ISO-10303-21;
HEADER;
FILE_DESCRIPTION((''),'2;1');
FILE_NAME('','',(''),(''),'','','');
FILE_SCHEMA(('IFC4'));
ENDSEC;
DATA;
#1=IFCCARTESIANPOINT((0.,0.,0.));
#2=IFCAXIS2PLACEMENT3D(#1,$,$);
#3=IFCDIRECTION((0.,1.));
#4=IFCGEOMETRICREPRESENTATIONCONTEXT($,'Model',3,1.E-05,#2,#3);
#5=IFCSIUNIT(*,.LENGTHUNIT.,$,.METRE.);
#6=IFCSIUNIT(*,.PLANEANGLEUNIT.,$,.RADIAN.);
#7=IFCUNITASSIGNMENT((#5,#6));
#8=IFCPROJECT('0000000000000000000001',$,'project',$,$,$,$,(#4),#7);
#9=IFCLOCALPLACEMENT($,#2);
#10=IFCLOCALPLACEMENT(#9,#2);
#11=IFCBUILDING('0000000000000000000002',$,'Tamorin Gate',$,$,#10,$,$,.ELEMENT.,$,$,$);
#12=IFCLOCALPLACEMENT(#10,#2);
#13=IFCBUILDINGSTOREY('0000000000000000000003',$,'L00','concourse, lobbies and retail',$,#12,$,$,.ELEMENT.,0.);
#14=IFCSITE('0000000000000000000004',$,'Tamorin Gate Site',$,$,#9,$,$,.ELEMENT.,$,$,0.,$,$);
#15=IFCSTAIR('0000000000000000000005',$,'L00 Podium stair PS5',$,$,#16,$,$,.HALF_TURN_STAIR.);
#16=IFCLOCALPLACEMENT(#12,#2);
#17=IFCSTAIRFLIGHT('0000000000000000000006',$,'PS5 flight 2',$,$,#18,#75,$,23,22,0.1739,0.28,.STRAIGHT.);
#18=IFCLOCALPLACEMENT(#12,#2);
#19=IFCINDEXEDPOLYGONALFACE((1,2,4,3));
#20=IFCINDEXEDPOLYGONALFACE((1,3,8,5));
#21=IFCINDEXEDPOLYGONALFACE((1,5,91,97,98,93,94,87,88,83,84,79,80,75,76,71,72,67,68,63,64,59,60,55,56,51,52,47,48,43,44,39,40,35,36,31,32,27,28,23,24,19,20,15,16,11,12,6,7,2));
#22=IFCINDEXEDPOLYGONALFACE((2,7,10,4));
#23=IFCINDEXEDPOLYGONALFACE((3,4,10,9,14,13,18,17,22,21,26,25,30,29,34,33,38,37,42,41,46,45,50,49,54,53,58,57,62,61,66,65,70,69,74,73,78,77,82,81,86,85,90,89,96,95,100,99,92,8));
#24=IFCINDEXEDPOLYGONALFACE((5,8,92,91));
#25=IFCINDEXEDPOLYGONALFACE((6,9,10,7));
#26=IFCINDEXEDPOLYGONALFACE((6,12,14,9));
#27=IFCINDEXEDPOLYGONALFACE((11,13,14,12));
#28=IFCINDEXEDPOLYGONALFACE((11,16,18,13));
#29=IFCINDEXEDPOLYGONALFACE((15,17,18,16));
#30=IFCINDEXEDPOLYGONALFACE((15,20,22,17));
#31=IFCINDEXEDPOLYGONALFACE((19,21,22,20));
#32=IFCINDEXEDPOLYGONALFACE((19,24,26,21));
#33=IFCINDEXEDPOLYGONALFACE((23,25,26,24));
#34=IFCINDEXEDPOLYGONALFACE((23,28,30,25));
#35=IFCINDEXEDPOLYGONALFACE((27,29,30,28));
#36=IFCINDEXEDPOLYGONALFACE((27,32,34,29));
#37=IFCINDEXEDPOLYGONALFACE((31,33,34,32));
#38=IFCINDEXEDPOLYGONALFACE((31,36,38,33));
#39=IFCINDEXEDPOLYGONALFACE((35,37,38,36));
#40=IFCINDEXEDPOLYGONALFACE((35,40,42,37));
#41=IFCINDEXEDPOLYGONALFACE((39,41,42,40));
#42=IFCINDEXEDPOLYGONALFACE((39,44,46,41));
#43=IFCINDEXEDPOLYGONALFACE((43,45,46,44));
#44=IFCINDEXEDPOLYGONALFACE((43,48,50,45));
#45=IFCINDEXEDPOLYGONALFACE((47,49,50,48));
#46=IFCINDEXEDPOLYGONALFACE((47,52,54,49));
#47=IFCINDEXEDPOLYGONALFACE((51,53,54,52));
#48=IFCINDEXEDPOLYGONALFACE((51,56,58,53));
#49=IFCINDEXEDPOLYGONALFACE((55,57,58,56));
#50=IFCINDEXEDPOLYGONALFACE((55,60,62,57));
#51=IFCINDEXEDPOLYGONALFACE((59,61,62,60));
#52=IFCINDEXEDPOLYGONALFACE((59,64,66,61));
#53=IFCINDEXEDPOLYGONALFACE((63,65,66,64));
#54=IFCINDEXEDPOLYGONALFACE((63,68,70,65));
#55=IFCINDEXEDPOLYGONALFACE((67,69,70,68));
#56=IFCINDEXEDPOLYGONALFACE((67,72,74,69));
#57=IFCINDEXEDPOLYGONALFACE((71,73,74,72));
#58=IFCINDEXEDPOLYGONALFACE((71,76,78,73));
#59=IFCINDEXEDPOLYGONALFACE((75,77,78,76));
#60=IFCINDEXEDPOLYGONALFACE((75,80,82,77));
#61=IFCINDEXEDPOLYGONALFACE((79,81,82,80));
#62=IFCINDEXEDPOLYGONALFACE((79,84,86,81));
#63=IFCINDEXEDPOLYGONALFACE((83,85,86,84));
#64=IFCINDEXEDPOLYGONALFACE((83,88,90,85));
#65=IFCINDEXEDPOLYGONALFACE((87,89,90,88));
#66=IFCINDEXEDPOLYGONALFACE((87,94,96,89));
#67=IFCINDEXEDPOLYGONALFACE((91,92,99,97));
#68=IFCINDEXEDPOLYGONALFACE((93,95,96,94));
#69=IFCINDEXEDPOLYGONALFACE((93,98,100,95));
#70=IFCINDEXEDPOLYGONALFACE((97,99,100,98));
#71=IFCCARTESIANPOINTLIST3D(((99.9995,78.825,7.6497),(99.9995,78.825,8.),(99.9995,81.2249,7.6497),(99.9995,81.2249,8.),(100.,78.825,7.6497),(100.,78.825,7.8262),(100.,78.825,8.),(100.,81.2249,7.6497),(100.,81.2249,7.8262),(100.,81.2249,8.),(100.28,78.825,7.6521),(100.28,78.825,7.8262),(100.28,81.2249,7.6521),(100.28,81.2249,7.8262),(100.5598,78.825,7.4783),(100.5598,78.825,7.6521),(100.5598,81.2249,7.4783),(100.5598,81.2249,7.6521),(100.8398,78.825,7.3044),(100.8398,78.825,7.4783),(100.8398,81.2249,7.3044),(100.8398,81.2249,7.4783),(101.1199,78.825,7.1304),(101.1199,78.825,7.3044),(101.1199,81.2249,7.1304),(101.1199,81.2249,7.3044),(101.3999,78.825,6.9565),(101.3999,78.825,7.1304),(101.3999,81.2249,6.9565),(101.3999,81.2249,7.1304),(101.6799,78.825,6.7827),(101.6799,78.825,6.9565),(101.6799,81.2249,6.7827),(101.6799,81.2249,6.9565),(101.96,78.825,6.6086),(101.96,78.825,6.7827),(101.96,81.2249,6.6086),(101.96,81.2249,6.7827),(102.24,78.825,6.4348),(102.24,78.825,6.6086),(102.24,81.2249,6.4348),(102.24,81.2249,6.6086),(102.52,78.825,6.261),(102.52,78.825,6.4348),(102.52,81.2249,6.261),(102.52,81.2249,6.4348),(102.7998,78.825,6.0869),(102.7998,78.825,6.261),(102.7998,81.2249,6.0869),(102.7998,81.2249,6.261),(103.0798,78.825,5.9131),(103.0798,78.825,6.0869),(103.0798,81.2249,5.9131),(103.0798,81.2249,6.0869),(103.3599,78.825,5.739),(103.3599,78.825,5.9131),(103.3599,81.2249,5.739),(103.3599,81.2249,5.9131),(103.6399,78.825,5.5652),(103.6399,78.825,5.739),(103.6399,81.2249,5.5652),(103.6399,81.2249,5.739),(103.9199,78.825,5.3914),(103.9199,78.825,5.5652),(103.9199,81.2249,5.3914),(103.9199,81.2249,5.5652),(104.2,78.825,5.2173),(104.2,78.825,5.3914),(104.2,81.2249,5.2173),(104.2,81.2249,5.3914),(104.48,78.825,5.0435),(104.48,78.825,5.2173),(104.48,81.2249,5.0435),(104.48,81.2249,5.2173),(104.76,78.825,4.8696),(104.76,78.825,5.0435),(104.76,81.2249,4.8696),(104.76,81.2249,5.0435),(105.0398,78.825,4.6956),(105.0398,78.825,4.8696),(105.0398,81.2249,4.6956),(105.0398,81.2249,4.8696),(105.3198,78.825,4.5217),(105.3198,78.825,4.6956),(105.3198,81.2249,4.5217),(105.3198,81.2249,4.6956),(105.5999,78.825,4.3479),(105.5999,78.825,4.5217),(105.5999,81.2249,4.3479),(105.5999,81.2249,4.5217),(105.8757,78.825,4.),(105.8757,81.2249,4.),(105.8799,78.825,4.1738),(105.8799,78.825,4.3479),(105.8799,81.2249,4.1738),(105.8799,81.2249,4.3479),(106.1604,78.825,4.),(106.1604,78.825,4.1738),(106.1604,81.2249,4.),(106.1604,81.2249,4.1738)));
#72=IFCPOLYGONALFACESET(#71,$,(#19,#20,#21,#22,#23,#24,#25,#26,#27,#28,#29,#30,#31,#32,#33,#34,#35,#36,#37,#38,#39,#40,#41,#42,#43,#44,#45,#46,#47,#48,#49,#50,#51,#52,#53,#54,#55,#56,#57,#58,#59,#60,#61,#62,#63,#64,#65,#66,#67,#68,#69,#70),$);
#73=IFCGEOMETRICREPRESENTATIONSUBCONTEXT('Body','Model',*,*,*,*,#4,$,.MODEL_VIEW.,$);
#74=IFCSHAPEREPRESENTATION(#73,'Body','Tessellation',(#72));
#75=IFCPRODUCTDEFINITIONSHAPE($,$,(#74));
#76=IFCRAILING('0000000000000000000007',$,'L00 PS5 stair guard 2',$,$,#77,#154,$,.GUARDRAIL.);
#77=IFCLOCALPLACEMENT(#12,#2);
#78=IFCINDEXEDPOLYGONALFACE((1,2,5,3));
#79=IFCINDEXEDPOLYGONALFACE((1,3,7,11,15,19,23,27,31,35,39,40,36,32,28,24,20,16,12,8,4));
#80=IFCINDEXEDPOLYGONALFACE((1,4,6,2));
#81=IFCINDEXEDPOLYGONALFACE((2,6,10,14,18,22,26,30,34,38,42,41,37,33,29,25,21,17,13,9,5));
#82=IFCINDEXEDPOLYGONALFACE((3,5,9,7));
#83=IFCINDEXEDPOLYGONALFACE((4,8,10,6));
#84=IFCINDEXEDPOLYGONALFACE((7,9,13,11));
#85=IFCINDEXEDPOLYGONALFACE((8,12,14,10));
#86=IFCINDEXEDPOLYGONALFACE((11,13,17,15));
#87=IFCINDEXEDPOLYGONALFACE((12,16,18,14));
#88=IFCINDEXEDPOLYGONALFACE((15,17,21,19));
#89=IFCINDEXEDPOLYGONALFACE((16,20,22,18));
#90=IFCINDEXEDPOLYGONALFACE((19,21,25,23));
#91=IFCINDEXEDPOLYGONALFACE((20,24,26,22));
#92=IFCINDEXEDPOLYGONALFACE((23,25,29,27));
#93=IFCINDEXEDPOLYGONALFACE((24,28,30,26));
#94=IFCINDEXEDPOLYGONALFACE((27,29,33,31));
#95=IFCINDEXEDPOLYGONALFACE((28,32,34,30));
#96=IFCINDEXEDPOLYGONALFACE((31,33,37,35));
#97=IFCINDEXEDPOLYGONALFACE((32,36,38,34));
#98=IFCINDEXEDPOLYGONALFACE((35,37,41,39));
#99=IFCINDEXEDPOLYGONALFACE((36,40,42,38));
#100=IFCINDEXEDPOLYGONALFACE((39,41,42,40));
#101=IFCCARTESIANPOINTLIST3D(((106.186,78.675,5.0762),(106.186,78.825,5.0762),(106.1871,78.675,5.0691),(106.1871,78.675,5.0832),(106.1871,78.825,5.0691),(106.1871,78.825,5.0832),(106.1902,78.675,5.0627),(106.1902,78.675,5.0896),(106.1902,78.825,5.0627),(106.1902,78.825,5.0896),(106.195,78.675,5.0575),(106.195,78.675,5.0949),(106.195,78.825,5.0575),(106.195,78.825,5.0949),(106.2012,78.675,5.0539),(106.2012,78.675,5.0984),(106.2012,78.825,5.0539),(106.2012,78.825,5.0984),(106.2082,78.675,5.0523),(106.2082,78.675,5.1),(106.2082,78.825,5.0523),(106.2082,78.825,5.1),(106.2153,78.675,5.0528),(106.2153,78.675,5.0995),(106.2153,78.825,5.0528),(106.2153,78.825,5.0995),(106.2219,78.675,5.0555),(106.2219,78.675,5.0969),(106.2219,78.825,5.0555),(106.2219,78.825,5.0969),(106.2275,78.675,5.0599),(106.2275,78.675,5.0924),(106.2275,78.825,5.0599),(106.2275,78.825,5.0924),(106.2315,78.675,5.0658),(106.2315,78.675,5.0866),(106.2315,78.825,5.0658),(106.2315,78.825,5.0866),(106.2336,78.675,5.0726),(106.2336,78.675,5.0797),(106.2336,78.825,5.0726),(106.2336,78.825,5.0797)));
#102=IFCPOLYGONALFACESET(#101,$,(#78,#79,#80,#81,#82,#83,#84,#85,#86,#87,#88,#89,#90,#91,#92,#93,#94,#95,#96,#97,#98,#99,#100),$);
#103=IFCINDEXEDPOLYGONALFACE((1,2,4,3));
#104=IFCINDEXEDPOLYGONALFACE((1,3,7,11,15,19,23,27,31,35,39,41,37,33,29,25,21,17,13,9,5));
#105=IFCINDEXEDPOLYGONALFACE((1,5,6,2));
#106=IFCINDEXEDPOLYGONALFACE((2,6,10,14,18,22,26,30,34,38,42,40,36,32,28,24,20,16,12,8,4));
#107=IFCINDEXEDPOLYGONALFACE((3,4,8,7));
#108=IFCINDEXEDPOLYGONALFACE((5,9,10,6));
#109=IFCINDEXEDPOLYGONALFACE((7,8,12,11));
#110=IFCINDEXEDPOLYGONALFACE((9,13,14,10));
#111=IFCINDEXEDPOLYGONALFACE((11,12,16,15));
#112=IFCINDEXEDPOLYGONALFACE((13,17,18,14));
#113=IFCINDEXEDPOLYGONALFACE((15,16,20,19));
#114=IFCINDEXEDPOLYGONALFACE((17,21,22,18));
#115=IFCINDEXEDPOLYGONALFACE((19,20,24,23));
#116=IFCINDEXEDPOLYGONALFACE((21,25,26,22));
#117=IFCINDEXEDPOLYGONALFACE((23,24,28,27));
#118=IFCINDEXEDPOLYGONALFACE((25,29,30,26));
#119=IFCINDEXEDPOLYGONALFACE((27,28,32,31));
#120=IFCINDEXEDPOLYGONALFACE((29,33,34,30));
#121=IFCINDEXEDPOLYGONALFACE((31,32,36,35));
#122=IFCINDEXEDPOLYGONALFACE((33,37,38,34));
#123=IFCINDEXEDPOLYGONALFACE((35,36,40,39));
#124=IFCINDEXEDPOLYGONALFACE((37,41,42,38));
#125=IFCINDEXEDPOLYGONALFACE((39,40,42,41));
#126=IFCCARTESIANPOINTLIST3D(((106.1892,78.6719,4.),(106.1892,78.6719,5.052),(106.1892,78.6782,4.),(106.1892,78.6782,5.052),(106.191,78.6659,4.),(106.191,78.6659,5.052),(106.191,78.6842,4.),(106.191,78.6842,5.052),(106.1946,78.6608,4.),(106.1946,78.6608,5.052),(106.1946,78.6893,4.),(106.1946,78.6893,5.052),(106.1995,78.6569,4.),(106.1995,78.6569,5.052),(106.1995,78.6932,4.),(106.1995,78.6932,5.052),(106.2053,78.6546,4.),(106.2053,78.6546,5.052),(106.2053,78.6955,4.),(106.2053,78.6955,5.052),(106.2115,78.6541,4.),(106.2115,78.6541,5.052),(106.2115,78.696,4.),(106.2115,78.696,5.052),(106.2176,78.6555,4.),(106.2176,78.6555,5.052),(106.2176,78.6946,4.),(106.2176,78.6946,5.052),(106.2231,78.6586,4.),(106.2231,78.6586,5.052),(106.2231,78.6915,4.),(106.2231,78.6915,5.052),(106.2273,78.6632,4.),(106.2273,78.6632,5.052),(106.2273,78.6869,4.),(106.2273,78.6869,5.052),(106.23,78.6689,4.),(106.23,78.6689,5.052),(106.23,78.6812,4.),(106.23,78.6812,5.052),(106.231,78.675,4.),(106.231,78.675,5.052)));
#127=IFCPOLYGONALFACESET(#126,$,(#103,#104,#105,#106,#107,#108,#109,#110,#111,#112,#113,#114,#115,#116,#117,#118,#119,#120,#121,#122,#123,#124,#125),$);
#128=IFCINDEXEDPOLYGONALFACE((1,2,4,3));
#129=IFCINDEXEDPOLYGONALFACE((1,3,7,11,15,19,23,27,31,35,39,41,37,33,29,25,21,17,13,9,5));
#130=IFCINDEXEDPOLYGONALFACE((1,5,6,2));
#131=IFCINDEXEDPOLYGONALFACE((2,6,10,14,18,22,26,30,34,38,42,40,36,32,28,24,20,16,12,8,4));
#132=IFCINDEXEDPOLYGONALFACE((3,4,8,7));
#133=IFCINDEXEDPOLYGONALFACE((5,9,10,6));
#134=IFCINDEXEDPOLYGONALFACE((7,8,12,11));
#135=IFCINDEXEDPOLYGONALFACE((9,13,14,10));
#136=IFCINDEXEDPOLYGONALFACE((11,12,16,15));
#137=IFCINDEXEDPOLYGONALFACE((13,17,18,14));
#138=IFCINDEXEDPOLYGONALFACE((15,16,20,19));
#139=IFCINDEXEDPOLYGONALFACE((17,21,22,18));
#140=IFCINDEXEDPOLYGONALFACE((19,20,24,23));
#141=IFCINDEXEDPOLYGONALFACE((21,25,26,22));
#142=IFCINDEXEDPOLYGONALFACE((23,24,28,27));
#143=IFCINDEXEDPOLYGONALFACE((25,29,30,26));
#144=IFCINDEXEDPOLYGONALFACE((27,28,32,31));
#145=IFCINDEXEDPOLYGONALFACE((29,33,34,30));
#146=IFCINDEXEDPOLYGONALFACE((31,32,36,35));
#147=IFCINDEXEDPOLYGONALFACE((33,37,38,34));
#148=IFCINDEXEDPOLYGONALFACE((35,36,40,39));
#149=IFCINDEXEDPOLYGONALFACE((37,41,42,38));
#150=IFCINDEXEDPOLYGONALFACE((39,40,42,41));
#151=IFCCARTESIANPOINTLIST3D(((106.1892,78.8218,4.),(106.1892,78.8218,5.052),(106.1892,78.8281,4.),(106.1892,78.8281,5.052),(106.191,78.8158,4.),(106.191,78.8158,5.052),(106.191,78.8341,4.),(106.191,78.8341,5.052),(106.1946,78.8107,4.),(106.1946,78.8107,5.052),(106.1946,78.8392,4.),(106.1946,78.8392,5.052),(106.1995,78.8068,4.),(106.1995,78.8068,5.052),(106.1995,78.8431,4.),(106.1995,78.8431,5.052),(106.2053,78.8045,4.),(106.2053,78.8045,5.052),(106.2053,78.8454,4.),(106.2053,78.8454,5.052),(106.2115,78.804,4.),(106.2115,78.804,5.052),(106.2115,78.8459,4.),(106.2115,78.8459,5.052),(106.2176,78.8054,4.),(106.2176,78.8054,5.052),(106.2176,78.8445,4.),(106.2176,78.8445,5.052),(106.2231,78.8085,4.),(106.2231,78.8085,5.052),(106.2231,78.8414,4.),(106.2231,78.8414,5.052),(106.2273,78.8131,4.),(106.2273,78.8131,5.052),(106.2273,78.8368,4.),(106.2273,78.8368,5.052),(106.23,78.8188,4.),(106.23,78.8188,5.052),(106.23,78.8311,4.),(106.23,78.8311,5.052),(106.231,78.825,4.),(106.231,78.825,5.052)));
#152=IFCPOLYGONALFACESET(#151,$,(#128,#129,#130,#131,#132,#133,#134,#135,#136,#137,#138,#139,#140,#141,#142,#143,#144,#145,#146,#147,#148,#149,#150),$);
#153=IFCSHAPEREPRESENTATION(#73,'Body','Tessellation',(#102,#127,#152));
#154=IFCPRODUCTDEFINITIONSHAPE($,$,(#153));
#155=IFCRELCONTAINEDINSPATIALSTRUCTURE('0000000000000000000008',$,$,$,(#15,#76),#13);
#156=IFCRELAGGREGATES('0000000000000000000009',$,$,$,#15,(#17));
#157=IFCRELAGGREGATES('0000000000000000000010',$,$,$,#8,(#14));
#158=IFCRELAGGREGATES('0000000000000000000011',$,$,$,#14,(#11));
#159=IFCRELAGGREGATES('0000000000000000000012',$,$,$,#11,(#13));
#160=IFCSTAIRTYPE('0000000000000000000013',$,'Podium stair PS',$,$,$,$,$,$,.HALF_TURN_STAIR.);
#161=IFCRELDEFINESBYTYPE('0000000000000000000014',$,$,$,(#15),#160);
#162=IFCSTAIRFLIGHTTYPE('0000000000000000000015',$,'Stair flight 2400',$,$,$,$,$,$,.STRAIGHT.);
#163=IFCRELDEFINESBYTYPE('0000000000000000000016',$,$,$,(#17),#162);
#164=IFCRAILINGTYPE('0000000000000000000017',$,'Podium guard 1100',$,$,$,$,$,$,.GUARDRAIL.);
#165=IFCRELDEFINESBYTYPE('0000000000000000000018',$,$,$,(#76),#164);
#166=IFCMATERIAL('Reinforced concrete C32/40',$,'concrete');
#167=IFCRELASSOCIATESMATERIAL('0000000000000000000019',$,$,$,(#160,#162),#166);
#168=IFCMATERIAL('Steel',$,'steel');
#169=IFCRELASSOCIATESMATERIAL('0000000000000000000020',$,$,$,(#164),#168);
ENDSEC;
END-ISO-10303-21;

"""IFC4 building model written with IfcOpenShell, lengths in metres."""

from ifc_helpers import new_model, si_unit, direction, frame, origin, origin_2d, place, context, subcontext, project, spatial, polyline, circle, outline, extrude, material, type_object, element, aggregate, save


model = new_model("IFC4")

# Units and contexts
model_context = context("Model", 3, precision=1e-05, world=origin(), true_north=direction((0.0, 1.0)))
body_context = subcontext(model_context, "Body", "Model", "MODEL_VIEW")
ifc_project = project(units=[si_unit("LENGTHUNIT", "METRE"), si_unit("PLANEANGLEUNIT", "RADIAN")], contexts=[model_context])

# Site, building, storey
site_placement = place(None, origin())
site = spatial("IfcSite", under=ifc_project, at=site_placement, Name="Tamorin Gate Site", CompositionType="ELEMENT", RefElevation=0.0)
building_placement = place(site_placement, origin())
building = spatial("IfcBuilding", under=site, at=building_placement, Name="Tamorin Gate", CompositionType="ELEMENT")
storey_placement = place(building_placement, origin())
storey = spatial("IfcBuildingStorey", under=building, at=storey_placement, Name="L00", Description="concourse, lobbies and retail", CompositionType="ELEMENT", Elevation=0.0)

# Shared definitions
ifc_material_1 = material(Name="Reinforced concrete C32/40", Category="concrete")

# Stair, stair flight
stair_type = type_object("IfcStairType", Name="Podium stair PS", PredefinedType="HALF_TURN_STAIR", material=ifc_material_1)
stair_placement = place(storey_placement, origin())
stair = element("IfcStair", 1, at=stair_placement, inside=storey, type_object=stair_type, Name="L00 Podium stair PS5", PredefinedType="HALF_TURN_STAIR")
stair_flight_type = type_object("IfcStairFlightType", Name="Stair flight 2400", PredefinedType="STRAIGHT", material=ifc_material_1)
stair_flight_placement = place(storey_placement, frame((106.1599, 80.0249, 4.0), z_axis=(0.0, 0.0, 1.0), x_axis=(-1.0, 0.0, 0.0)))
stair_flight = element("IfcStairFlight", 2, at=stair_flight_placement, type_object=stair_flight_type, Name="PS5 flight 2", NumberOfRisers=23, NumberOfTreads=22, PredefinedType="STRAIGHT", RiserHeight=0.1739, TreadLength=0.28, context=body_context, shape_type="SweptSolid", body=[
    extrude(outline(polyline([(-0.0005, 0.0), (-0.0005, 0.1738), (0.28, 0.1738), (0.28, 0.3479), (0.5601, 0.3479), (0.5601, 0.5217), (0.8401, 0.5217), (0.8401, 0.6956), (1.1201, 0.6956), (1.1201, 0.8696), (1.3999, 0.8696), (1.3999, 1.0435), (1.6799, 1.0435), (1.6799, 1.2173), (1.96, 1.2173), (1.96, 1.3914), (2.24, 1.3914), (2.24, 1.5652), (2.52, 1.5652), (2.52, 1.739), (2.8, 1.739), (2.8, 1.9131), (3.0801, 1.9131), (3.0801, 2.0869), (3.3601, 2.0869), (3.3601, 2.261), (3.6399, 2.261), (3.6399, 2.4348), (3.9199, 2.4348), (3.9199, 2.6086), (4.2, 2.6086), (4.2, 2.7827), (4.48, 2.7827), (4.48, 2.9565), (4.76, 2.9565), (4.76, 3.1304), (5.04, 3.1304), (5.04, 3.3044), (5.3201, 3.3044), (5.3201, 3.4783), (5.6001, 3.4783), (5.6001, 3.6521), (5.8799, 3.6521), (5.8799, 3.8262), (6.1599, 3.8262), (6.1599, 4.0), (6.1604, 4.0), (6.1604, 3.6497), (6.1599, 3.6497), (0.2842, 0.0), (-0.0005, 0.0)])), frame((0.0, 1.2, 0.0), z_axis=(0.0, -1.0, 0.0), x_axis=(1.0, 0.0, 0.0)), (0.0, 0.0, 1.0), 2.3999),
])
aggregate(stair, [stair_flight])

# Railing
ifc_material_2 = material(Name="Steel", Category="steel")
railing_type_1 = type_object("IfcRailingType", Name="Podium guard 1100", PredefinedType="GUARDRAIL", material=ifc_material_2)
railing_1_placement = place(storey_placement, frame((106.21, 78.675, 4.0)))
element("IfcRailing", 3, at=railing_1_placement, inside=storey, type_object=railing_type_1, Name="L00 PS5 stair guard 2", PredefinedType="GUARDRAIL", context=body_context, shape_type="SweptSolid", body=[
    extrude(circle(Radius=0.0239, at=origin_2d()), frame((0.0, 0.0, 1.0762), z_axis=(0.0, 1.0, 0.0), x_axis=(-1.0, 0.0, 0.0)), (0.0, 0.0, 1.0), 0.1499),
    extrude(circle(Radius=0.021, at=origin_2d()), origin(), (0.0, 0.0, 1.0), 1.052),
    extrude(circle(Radius=0.021, at=origin_2d()), frame((0.0, 0.1499, 0.0)), (0.0, 0.0, 1.0), 1.052),
])

save(model, "model.ifc")
